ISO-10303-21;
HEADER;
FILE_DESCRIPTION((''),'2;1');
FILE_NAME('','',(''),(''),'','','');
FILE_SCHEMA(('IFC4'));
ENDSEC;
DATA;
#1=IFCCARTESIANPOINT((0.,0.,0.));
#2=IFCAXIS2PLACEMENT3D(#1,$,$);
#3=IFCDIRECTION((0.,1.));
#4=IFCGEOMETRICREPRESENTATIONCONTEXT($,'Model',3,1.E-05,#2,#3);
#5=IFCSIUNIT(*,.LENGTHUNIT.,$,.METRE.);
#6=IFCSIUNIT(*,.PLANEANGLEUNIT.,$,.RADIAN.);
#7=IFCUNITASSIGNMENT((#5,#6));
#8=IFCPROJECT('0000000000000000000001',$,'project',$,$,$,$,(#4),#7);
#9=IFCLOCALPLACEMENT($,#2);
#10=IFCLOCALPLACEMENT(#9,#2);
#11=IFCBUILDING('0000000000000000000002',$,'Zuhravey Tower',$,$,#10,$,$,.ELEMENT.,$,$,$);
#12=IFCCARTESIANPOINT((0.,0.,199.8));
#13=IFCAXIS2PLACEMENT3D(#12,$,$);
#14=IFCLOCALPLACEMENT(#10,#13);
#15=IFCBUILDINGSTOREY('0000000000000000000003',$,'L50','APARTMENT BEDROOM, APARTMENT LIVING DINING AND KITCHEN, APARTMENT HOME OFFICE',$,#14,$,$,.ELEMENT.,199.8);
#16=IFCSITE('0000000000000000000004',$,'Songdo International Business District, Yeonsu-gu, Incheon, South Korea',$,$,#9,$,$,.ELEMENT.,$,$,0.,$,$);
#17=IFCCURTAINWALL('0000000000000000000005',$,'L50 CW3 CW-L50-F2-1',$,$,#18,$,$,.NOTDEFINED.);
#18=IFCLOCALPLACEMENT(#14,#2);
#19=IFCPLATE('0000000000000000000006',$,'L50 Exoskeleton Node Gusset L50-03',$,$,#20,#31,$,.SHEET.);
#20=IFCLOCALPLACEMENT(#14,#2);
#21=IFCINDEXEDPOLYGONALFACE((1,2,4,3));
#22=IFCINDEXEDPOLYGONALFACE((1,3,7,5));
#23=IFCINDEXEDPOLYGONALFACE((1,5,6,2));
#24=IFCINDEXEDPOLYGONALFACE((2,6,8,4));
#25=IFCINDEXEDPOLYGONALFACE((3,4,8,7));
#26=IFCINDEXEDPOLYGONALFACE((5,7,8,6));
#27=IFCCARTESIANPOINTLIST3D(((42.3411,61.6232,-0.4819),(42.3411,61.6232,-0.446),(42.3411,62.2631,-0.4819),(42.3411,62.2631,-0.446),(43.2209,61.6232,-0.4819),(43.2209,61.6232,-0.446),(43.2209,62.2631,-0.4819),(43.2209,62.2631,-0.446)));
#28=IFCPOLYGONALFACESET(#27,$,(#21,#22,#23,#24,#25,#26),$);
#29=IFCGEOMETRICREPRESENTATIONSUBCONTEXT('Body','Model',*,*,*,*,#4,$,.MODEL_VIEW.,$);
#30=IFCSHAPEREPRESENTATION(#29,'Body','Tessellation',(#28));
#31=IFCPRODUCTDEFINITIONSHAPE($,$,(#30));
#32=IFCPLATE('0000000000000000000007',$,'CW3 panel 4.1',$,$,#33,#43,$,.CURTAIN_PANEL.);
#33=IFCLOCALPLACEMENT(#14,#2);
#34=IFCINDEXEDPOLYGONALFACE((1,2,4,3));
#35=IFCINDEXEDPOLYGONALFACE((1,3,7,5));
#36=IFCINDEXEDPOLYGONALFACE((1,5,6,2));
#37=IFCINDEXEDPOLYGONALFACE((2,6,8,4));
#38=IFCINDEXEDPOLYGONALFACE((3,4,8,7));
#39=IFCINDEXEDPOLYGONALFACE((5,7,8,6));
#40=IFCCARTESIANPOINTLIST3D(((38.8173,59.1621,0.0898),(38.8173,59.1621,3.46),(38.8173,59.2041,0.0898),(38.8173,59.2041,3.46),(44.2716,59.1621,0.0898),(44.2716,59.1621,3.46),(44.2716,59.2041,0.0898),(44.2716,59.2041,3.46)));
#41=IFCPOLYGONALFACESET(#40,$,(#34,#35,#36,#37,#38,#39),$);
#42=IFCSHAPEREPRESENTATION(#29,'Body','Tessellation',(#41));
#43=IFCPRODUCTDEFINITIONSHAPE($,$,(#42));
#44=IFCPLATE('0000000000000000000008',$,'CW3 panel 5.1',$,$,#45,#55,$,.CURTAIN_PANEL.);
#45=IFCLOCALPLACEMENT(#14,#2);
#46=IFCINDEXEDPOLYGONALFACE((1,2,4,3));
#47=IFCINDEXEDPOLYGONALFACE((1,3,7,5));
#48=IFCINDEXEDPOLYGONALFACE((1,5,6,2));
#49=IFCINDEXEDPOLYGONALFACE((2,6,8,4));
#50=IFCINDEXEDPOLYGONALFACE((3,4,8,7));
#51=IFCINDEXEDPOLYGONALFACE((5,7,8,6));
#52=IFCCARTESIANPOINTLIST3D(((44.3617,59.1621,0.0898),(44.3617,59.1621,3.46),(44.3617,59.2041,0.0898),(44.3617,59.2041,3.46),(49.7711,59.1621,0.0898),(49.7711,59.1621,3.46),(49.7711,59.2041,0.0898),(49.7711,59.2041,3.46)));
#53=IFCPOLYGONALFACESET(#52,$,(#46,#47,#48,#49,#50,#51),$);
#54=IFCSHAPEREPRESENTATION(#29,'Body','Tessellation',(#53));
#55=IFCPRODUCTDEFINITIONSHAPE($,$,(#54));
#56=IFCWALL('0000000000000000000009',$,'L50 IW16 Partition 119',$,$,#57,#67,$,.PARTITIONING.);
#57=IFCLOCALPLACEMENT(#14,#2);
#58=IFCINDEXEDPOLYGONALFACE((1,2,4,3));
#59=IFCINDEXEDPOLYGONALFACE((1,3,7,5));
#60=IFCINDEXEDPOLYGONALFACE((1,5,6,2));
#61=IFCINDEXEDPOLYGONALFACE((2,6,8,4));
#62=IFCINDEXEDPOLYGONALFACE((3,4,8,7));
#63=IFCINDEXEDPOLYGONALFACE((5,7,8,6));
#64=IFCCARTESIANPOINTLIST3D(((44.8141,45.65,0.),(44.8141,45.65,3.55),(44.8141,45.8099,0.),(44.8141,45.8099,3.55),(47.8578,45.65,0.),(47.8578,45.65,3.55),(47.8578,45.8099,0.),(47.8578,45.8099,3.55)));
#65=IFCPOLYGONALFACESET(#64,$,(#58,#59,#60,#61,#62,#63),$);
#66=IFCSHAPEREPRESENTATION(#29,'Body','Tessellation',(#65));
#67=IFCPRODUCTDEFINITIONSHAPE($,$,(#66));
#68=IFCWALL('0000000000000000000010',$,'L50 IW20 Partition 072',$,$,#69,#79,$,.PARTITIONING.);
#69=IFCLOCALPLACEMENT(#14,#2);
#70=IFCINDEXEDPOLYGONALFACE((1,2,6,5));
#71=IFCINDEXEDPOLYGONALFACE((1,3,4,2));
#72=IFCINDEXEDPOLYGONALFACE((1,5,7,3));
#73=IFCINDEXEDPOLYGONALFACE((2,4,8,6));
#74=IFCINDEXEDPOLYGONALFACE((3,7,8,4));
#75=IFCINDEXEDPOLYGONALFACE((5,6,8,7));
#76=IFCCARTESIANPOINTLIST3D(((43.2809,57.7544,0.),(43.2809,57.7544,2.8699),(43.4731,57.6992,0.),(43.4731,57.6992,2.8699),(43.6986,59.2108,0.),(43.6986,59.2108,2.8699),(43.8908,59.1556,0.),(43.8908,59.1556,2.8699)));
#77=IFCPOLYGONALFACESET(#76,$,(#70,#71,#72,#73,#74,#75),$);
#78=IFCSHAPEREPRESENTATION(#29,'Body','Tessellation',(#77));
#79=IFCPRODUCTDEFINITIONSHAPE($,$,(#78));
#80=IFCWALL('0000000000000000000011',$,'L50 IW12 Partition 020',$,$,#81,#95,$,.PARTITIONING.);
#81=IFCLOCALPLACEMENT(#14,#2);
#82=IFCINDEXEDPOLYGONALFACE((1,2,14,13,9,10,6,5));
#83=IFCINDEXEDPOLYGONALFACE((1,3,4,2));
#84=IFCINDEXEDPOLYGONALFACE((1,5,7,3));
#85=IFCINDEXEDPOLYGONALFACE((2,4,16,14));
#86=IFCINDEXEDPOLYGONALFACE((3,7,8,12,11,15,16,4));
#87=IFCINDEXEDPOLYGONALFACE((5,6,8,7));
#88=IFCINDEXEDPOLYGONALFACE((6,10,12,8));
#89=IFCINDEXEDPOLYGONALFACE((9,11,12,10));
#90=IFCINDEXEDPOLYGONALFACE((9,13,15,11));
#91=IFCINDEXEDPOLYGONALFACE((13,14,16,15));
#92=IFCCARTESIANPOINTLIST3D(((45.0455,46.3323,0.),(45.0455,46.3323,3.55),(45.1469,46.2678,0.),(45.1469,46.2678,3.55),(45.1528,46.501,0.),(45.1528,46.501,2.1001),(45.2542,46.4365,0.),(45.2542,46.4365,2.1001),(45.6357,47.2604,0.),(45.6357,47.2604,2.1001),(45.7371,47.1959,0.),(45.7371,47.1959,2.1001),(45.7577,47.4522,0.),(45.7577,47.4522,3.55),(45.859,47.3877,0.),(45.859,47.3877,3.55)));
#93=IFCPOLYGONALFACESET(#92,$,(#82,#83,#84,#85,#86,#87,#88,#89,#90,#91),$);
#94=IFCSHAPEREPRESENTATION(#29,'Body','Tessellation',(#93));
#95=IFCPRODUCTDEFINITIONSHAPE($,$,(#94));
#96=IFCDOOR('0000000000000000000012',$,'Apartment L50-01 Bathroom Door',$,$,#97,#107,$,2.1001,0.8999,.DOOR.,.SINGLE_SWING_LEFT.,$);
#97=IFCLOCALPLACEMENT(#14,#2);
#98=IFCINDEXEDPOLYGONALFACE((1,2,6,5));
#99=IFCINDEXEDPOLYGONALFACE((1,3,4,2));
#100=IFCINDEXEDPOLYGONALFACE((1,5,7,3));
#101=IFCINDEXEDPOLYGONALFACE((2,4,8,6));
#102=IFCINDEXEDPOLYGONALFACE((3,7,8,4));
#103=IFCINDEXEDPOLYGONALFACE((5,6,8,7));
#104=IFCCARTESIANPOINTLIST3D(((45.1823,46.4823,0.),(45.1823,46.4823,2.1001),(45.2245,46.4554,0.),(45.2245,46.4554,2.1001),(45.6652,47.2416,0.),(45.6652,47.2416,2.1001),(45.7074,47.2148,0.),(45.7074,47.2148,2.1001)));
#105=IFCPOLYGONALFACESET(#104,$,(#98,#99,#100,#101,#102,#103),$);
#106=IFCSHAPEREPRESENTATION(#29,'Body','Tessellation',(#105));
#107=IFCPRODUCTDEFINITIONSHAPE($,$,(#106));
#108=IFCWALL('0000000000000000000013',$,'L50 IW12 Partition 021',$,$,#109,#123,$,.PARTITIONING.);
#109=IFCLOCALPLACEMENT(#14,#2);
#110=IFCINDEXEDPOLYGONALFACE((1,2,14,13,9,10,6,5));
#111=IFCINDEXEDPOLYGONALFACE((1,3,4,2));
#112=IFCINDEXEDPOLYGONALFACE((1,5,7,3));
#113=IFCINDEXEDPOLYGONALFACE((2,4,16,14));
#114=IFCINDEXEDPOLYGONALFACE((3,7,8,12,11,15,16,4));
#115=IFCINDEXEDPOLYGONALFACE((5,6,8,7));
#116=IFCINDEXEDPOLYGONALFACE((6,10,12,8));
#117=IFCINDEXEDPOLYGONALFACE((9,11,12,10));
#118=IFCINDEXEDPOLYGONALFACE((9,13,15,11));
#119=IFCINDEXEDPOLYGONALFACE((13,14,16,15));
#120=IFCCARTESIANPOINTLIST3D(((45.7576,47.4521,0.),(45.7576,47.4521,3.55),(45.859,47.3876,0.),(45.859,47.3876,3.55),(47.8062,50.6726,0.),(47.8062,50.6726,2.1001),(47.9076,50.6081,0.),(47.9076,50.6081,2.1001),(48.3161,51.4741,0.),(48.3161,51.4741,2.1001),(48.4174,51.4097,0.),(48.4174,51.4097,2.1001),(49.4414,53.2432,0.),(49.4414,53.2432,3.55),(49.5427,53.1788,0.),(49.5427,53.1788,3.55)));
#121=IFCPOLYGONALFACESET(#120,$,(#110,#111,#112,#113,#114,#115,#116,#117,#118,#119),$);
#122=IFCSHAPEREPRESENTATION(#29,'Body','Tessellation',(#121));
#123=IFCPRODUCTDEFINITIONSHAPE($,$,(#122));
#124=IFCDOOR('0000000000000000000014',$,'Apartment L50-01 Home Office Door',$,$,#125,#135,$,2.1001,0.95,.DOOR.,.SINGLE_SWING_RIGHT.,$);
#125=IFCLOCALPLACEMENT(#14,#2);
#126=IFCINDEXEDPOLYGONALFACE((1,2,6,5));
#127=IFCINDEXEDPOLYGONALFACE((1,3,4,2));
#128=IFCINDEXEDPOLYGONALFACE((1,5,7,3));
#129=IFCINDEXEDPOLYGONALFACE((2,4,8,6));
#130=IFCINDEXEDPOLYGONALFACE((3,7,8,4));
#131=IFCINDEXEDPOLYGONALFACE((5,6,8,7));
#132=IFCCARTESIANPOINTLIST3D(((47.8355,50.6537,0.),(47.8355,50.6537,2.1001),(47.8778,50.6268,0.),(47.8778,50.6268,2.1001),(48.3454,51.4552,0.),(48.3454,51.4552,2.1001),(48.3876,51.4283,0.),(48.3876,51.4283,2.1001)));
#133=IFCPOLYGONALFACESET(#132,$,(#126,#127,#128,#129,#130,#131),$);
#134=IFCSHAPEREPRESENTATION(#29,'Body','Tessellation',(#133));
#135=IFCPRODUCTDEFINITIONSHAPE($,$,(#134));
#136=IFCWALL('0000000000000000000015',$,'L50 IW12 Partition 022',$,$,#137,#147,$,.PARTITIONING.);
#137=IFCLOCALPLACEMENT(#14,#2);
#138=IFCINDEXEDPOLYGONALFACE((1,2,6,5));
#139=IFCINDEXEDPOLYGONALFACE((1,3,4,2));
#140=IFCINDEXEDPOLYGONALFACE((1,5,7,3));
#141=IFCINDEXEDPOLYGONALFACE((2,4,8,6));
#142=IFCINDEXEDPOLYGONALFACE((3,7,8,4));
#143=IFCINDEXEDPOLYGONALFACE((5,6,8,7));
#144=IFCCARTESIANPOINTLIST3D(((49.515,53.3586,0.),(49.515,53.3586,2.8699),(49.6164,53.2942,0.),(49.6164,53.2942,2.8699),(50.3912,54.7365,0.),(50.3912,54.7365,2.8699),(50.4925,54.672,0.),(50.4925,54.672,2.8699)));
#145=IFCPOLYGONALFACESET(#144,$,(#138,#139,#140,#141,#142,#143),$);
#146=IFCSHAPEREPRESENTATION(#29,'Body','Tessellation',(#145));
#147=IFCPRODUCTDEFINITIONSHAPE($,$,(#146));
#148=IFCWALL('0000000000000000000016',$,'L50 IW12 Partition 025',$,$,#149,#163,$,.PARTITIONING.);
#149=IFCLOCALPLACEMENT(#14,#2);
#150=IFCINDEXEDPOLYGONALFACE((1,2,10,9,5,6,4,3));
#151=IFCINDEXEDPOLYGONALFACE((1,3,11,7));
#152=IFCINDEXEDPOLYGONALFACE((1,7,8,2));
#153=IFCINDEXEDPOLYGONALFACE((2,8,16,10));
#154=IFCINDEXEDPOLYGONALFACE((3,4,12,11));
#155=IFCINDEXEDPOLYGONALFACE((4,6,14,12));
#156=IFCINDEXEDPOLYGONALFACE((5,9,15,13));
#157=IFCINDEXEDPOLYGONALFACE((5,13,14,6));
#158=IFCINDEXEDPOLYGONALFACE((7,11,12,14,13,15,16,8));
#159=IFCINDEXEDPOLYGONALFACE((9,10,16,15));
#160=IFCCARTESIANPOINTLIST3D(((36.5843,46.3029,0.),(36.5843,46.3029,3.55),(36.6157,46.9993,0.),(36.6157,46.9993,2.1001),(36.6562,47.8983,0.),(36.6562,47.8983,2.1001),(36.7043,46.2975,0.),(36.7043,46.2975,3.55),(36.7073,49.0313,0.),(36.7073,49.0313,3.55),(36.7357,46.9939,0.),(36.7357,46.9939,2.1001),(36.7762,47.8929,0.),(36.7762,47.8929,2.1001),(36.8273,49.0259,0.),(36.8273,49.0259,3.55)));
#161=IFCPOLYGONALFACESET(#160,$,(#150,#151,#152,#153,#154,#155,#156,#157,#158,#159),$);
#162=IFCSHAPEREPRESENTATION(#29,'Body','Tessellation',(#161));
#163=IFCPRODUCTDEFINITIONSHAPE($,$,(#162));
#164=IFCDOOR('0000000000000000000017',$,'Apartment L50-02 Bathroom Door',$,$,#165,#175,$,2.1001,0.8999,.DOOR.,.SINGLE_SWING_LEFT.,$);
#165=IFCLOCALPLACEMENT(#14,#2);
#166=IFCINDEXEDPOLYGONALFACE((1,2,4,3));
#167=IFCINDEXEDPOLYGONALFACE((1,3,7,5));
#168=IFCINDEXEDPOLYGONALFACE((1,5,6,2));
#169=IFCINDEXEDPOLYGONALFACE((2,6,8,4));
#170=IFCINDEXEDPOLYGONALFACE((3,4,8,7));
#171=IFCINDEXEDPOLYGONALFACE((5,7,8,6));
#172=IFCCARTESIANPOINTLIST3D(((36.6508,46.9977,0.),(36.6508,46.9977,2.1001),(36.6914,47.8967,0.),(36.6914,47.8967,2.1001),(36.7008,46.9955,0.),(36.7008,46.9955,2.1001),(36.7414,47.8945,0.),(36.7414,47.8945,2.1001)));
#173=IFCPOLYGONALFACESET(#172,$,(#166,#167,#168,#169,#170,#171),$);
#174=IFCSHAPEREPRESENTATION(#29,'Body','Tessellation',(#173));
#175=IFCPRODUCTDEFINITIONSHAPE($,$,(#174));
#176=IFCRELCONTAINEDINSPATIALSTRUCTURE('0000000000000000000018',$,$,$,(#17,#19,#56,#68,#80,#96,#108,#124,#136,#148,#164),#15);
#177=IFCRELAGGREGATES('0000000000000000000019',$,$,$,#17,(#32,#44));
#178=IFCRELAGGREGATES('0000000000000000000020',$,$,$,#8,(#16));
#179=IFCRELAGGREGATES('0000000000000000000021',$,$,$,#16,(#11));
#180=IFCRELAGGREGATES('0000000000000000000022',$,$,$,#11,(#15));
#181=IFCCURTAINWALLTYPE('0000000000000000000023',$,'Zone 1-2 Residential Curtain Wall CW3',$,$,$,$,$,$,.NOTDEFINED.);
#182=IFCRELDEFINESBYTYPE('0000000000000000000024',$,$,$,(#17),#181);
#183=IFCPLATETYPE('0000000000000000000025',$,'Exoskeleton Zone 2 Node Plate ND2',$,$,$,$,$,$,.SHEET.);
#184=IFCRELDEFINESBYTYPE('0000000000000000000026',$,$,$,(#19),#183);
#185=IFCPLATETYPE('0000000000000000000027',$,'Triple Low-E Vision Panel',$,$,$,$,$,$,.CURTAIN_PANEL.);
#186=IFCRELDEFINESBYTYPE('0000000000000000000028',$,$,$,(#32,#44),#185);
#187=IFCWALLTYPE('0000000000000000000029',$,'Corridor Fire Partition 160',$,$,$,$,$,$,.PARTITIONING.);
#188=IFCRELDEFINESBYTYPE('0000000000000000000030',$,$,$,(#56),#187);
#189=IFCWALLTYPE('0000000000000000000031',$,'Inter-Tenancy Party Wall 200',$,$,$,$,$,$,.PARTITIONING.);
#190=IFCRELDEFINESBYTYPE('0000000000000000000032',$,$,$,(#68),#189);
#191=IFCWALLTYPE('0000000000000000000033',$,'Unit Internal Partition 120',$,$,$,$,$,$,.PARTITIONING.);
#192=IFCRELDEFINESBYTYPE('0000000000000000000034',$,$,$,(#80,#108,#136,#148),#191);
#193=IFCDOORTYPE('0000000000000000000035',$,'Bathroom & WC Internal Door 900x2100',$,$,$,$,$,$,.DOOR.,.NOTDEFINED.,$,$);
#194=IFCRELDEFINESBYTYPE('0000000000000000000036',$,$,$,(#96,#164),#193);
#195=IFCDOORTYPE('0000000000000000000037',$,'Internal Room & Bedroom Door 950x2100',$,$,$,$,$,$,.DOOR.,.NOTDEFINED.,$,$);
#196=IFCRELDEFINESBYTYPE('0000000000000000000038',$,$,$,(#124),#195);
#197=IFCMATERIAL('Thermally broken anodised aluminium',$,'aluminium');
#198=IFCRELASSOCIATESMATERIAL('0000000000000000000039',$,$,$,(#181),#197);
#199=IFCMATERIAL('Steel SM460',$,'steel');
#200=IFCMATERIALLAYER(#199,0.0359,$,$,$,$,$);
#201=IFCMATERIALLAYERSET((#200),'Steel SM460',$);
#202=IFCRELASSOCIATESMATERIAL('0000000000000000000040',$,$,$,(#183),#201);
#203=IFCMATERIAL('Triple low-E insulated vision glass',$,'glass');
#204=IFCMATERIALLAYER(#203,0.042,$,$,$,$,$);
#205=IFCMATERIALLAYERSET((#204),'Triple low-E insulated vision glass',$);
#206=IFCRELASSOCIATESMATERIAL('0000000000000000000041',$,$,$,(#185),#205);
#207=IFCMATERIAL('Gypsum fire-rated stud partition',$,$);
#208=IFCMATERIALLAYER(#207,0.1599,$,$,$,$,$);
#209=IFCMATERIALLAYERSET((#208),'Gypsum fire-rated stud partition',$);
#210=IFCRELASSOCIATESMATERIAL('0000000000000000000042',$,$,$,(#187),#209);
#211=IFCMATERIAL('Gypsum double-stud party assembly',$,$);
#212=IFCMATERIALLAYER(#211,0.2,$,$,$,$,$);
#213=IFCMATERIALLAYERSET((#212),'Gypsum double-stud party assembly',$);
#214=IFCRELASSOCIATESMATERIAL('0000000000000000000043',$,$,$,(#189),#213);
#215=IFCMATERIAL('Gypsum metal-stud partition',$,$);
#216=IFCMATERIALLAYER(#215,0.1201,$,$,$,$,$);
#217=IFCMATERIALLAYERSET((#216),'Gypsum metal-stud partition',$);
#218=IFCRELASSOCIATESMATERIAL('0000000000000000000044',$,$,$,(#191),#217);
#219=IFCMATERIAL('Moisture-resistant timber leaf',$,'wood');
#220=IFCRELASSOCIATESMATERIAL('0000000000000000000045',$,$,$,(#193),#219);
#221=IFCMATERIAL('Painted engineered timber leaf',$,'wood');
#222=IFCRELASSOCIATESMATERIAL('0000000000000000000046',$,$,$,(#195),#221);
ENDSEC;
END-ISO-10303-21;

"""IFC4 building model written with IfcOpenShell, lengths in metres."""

from ifc_helpers import new_model, si_unit, direction, frame, frame_2d, origin, origin_2d, place, context, subcontext, project, spatial, rectangle, extrude, material, layer, layer_set, type_object, element, fill, aggregate, save


model = new_model("IFC4")

# Units and contexts
model_context = context("Model", 3, precision=1e-05, world=origin(), true_north=direction((0.0, 1.0)))
body_context = subcontext(model_context, "Body", "Model", "MODEL_VIEW")
ifc_project = project(units=[si_unit("LENGTHUNIT", "METRE"), si_unit("PLANEANGLEUNIT", "RADIAN")], contexts=[model_context])

# Site, building, storey
site_placement = place(None, origin())
site = spatial("IfcSite", under=ifc_project, at=site_placement, Name="Songdo International Business District, Yeonsu-gu, Incheon, South Korea", CompositionType="ELEMENT", RefElevation=0.0)
building_placement = place(site_placement, origin())
building = spatial("IfcBuilding", under=site, at=building_placement, Name="Zuhravey Tower", CompositionType="ELEMENT")
storey_placement = place(building_placement, frame((0.0, 0.0, 199.8)))
storey = spatial("IfcBuildingStorey", under=building, at=storey_placement, Name="L50", Description="APARTMENT BEDROOM, APARTMENT LIVING DINING AND KITCHEN, APARTMENT HOME OFFICE", CompositionType="ELEMENT", Elevation=199.8)

# Curtain wall
ifc_material_1 = material(Name="Thermally broken anodised aluminium", Category="aluminium")
curtain_wall_type = type_object("IfcCurtainWallType", Name="Zone 1-2 Residential Curtain Wall CW3", PredefinedType="NOTDEFINED", material=ifc_material_1)
curtain_wall_placement = place(storey_placement, origin())
curtain_wall = element("IfcCurtainWall", 1, at=curtain_wall_placement, inside=storey, type_object=curtain_wall_type, Name="L50 CW3 CW-L50-F2-1", PredefinedType="NOTDEFINED")

# Shared definitions
ifc_material_2 = material(Name="Steel SM460", Category="steel")

# Plates
ifc_layer_1 = layer(ifc_material_2, 0.0359)
ifc_layer_set_1 = layer_set([ifc_layer_1], Name="Steel SM460")
plate_type_1 = type_object("IfcPlateType", Name="Exoskeleton Zone 2 Node Plate ND2", PredefinedType="SHEET", material=ifc_layer_set_1)
plate_1_placement = place(storey_placement, frame((42.781, 61.9431, -0.4819), z_axis=(0.0, 0.0, 1.0), x_axis=(-1.0, 0.0, 0.0)))
element("IfcPlate", 2, at=plate_1_placement, inside=storey, type_object=plate_type_1, Name="L50 Exoskeleton Node Gusset L50-03", PredefinedType="SHEET", context=body_context, shape_type="SweptSolid", body=[
    extrude(rectangle(XDim=0.8799, YDim=0.6399, at=origin_2d()), origin(), (0.0, 0.0, 1.0), 0.0359),
])
ifc_material_3 = material(Name="Triple low-E insulated vision glass", Category="glass")
ifc_layer_2 = layer(ifc_material_3, 0.042)
ifc_layer_set_2 = layer_set([ifc_layer_2], Name="Triple low-E insulated vision glass")
plate_type_2 = type_object("IfcPlateType", Name="Triple Low-E Vision Panel", PredefinedType="CURTAIN_PANEL", material=ifc_layer_set_2)
plate_2_placement = place(storey_placement, frame((41.5444, 59.1831, 0.0898), z_axis=(0.0, 0.0, 1.0), x_axis=(1.0, 0.0, 0.0)))
plate_2 = element("IfcPlate", 3, at=plate_2_placement, type_object=plate_type_2, Name="CW3 panel 4.1", PredefinedType="CURTAIN_PANEL", context=body_context, shape_type="SweptSolid", body=[
    extrude(rectangle(XDim=5.4543, YDim=0.042, at=origin_2d()), origin(), (0.0, 0.0, 1.0), 3.3701),
])
plate_3_placement = place(storey_placement, frame((47.0664, 59.1831, 0.0898), z_axis=(0.0, 0.0, 1.0), x_axis=(1.0, 0.0, 0.0)))
plate_3 = element("IfcPlate", 4, at=plate_3_placement, type_object=plate_type_2, Name="CW3 panel 5.1", PredefinedType="CURTAIN_PANEL", context=body_context, shape_type="SweptSolid", body=[
    extrude(rectangle(XDim=5.4094, YDim=0.042, at=origin_2d()), origin(), (0.0, 0.0, 1.0), 3.3701),
])
aggregate(curtain_wall, [plate_2, plate_3])

# Shared definitions
ifc_material_4 = material(Name="Gypsum fire-rated stud partition")
ifc_layer_3 = layer(ifc_material_4, 0.1599)
ifc_layer_set_3 = layer_set([ifc_layer_3], Name="Gypsum fire-rated stud partition")
wall_type_1 = type_object("IfcWallType", Name="Corridor Fire Partition 160", PredefinedType="PARTITIONING", material=ifc_layer_set_3)

# Walls
wall_1_placement = place(storey_placement, frame((47.8579, 45.73, 0.0), z_axis=(0.0, 0.0, 1.0), x_axis=(-1.0, 0.0, 0.0)))
element("IfcWall", 5, at=wall_1_placement, inside=storey, type_object=wall_type_1, Name="L50 IW16 Partition 119", PredefinedType="PARTITIONING", context=body_context, shape_type="SweptSolid", body=[
    extrude(rectangle(XDim=3.0437, YDim=0.1599, at=frame_2d((1.522, 0.0))), origin(), (0.0, 0.0, 1.0), 3.55),
])
ifc_material_5 = material(Name="Gypsum double-stud party assembly")
ifc_layer_4 = layer(ifc_material_5, 0.2)
ifc_layer_set_4 = layer_set([ifc_layer_4], Name="Gypsum double-stud party assembly")
wall_type_2 = type_object("IfcWallType", Name="Inter-Tenancy Party Wall 200", PredefinedType="PARTITIONING", material=ifc_layer_set_4)
wall_2_placement = place(storey_placement, frame((43.377, 57.7268, 0.0), z_axis=(0.0, 0.0, 1.0), x_axis=(0.275721, 0.961238, 0.0)))
element("IfcWall", 6, at=wall_2_placement, inside=storey, type_object=wall_type_2, Name="L50 IW20 Partition 072", PredefinedType="PARTITIONING", context=body_context, shape_type="SweptSolid", body=[
    extrude(rectangle(XDim=1.5151, YDim=0.2, at=frame_2d((0.7576, 0.0))), origin(), (0.0, 0.0, 1.0), 2.8699),
])

# Walls, openings, doors
ifc_material_6 = material(Name="Gypsum metal-stud partition")
ifc_layer_5 = layer(ifc_material_6, 0.1201)
ifc_layer_set_5 = layer_set([ifc_layer_5], Name="Gypsum metal-stud partition")
wall_type_3 = type_object("IfcWallType", Name="Unit Internal Partition 120", PredefinedType="PARTITIONING", material=ifc_layer_set_5)
wall_3_placement = place(storey_placement, frame((45.0962, 46.3, 0.0), z_axis=(0.0, 0.0, 1.0), x_axis=(0.536614, 0.843828, 0.0)))
wall_3 = element("IfcWall", 7, at=wall_3_placement, inside=storey, type_object=wall_type_3, Name="L50 IW12 Partition 020", PredefinedType="PARTITIONING", context=body_context, shape_type="SweptSolid", body=[
    extrude(rectangle(XDim=1.3271, YDim=0.1201, at=frame_2d((0.6636, 0.0))), origin(), (0.0, 0.0, 1.0), 3.55),
])
opening_1_placement = place(wall_3_placement, frame((0.2, 0.0, 0.0)))
opening_1 = element("IfcOpeningElement", 8, at=opening_1_placement, cuts=wall_3, PredefinedType="OPENING", context=body_context, shape_type="SweptSolid", body=[
    extrude(rectangle(XDim=0.8999, YDim=2.1001, at=frame_2d((0.45, 1.05))), frame((0.0, 0.072, 0.0), z_axis=(0.0, -1.0, 0.0), x_axis=(1.0, 0.0, 0.0)), (0.0, 0.0, 1.0), 0.144),
])
ifc_material_7 = material(Name="Moisture-resistant timber leaf", Category="wood")
door_type_1 = type_object("IfcDoorType", Name="Bathroom & WC Internal Door 900x2100", OperationType="NOTDEFINED", PredefinedType="DOOR", material=ifc_material_7)
door_1_placement = place(opening_1_placement, frame((0.8999, 0.0, 0.0), z_axis=(0.0, 0.0, 1.0), x_axis=(-1.0, 0.0, 0.0)))
door_1 = element("IfcDoor", 9, at=door_1_placement, inside=storey, type_object=door_type_1, Name="Apartment L50-01 Bathroom Door", OperationType="SINGLE_SWING_LEFT", OverallHeight=2.1001, OverallWidth=0.8999, PredefinedType="DOOR", context=body_context, shape_type="SweptSolid", body=[
    extrude(rectangle(XDim=0.8999, YDim=2.1001, at=frame_2d((0.45, 1.05))), frame((0.0, 0.0249, 0.0), z_axis=(0.0, -1.0, 0.0), x_axis=(1.0, 0.0, 0.0)), (0.0, 0.0, 1.0), 0.05),
])
fill(opening_1, door_1)
wall_4_placement = place(storey_placement, frame((45.8083, 47.4199, 0.0), z_axis=(0.0, 0.0, 1.0), x_axis=(0.536719, 0.843761, 0.0)))
wall_4 = element("IfcWall", 10, at=wall_4_placement, inside=storey, type_object=wall_type_3, Name="L50 IW12 Partition 021", PredefinedType="PARTITIONING", context=body_context, shape_type="SweptSolid", body=[
    extrude(rectangle(XDim=6.8635, YDim=0.1201, at=frame_2d((3.4316, 0.0))), origin(), (0.0, 0.0, 1.0), 3.55),
])
opening_2_placement = place(wall_4_placement, frame((3.8167, 0.0, 0.0)))
opening_2 = element("IfcOpeningElement", 11, at=opening_2_placement, cuts=wall_4, PredefinedType="OPENING", context=body_context, shape_type="SweptSolid", body=[
    extrude(rectangle(XDim=0.95, YDim=2.1001, at=frame_2d((0.4751, 1.05))), frame((0.0, 0.072, 0.0), z_axis=(0.0, -1.0, 0.0), x_axis=(1.0, 0.0, 0.0)), (0.0, 0.0, 1.0), 0.144),
])
ifc_material_8 = material(Name="Painted engineered timber leaf", Category="wood")
door_type_2 = type_object("IfcDoorType", Name="Internal Room & Bedroom Door 950x2100", OperationType="NOTDEFINED", PredefinedType="DOOR", material=ifc_material_8)
door_2_placement = place(opening_2_placement, frame((0.95, 0.0, 0.0), z_axis=(0.0, 0.0, 1.0), x_axis=(-1.0, 0.0, 0.0)))
door_2 = element("IfcDoor", 12, at=door_2_placement, inside=storey, type_object=door_type_2, Name="Apartment L50-01 Home Office Door", OperationType="SINGLE_SWING_RIGHT", OverallHeight=2.1001, OverallWidth=0.95, PredefinedType="DOOR", context=body_context, shape_type="SweptSolid", body=[
    extrude(rectangle(XDim=0.95, YDim=2.1001, at=frame_2d((0.4751, 1.05))), frame((0.0, 0.0249, 0.0), z_axis=(0.0, -1.0, 0.0), x_axis=(1.0, 0.0, 0.0)), (0.0, 0.0, 1.0), 0.05),
])
fill(opening_2, door_2)

# Wall
wall_5_placement = place(storey_placement, frame((49.5657, 53.3264, 0.0), z_axis=(0.0, 0.0, 1.0), x_axis=(0.536595, 0.84384, 0.0)))
element("IfcWall", 13, at=wall_5_placement, inside=storey, type_object=wall_type_3, Name="L50 IW12 Partition 022", PredefinedType="PARTITIONING", context=body_context, shape_type="SweptSolid", body=[
    extrude(rectangle(XDim=1.6328, YDim=0.1201, at=frame_2d((0.8164, 0.0))), origin(), (0.0, 0.0, 1.0), 2.8699),
])

# Wall, opening, door
wall_6_placement = place(storey_placement, frame((36.6443, 46.3, 0.0), z_axis=(0.0, 0.0, 1.0), x_axis=(0.045051, 0.998985, 0.0)))
wall_6 = element("IfcWall", 14, at=wall_6_placement, inside=storey, type_object=wall_type_3, Name="L50 IW12 Partition 025", PredefinedType="PARTITIONING", context=body_context, shape_type="SweptSolid", body=[
    extrude(rectangle(XDim=2.7312, YDim=0.1201, at=frame_2d((1.3657, 0.0))), origin(), (0.0, 0.0, 1.0), 3.55),
])
opening_3_placement = place(wall_6_placement, frame((0.6973, 0.0, 0.0)))
opening_3 = element("IfcOpeningElement", 15, at=opening_3_placement, cuts=wall_6, PredefinedType="OPENING", context=body_context, shape_type="SweptSolid", body=[
    extrude(rectangle(XDim=0.8999, YDim=2.1001, at=frame_2d((0.45, 1.05))), frame((0.0, 0.072, 0.0), z_axis=(0.0, -1.0, 0.0), x_axis=(1.0, 0.0, 0.0)), (0.0, 0.0, 1.0), 0.144),
])
door_3_placement = place(opening_3_placement, origin())
door_3 = element("IfcDoor", 16, at=door_3_placement, inside=storey, type_object=door_type_1, Name="Apartment L50-02 Bathroom Door", OperationType="SINGLE_SWING_LEFT", OverallHeight=2.1001, OverallWidth=0.8999, PredefinedType="DOOR", context=body_context, shape_type="SweptSolid", body=[
    extrude(rectangle(XDim=0.8999, YDim=2.1001, at=frame_2d((0.45, 1.05))), frame((0.0, 0.0249, 0.0), z_axis=(0.0, -1.0, 0.0), x_axis=(1.0, 0.0, 0.0)), (0.0, 0.0, 1.0), 0.05),
])
fill(opening_3, door_3)

save(model, "model.ifc")
